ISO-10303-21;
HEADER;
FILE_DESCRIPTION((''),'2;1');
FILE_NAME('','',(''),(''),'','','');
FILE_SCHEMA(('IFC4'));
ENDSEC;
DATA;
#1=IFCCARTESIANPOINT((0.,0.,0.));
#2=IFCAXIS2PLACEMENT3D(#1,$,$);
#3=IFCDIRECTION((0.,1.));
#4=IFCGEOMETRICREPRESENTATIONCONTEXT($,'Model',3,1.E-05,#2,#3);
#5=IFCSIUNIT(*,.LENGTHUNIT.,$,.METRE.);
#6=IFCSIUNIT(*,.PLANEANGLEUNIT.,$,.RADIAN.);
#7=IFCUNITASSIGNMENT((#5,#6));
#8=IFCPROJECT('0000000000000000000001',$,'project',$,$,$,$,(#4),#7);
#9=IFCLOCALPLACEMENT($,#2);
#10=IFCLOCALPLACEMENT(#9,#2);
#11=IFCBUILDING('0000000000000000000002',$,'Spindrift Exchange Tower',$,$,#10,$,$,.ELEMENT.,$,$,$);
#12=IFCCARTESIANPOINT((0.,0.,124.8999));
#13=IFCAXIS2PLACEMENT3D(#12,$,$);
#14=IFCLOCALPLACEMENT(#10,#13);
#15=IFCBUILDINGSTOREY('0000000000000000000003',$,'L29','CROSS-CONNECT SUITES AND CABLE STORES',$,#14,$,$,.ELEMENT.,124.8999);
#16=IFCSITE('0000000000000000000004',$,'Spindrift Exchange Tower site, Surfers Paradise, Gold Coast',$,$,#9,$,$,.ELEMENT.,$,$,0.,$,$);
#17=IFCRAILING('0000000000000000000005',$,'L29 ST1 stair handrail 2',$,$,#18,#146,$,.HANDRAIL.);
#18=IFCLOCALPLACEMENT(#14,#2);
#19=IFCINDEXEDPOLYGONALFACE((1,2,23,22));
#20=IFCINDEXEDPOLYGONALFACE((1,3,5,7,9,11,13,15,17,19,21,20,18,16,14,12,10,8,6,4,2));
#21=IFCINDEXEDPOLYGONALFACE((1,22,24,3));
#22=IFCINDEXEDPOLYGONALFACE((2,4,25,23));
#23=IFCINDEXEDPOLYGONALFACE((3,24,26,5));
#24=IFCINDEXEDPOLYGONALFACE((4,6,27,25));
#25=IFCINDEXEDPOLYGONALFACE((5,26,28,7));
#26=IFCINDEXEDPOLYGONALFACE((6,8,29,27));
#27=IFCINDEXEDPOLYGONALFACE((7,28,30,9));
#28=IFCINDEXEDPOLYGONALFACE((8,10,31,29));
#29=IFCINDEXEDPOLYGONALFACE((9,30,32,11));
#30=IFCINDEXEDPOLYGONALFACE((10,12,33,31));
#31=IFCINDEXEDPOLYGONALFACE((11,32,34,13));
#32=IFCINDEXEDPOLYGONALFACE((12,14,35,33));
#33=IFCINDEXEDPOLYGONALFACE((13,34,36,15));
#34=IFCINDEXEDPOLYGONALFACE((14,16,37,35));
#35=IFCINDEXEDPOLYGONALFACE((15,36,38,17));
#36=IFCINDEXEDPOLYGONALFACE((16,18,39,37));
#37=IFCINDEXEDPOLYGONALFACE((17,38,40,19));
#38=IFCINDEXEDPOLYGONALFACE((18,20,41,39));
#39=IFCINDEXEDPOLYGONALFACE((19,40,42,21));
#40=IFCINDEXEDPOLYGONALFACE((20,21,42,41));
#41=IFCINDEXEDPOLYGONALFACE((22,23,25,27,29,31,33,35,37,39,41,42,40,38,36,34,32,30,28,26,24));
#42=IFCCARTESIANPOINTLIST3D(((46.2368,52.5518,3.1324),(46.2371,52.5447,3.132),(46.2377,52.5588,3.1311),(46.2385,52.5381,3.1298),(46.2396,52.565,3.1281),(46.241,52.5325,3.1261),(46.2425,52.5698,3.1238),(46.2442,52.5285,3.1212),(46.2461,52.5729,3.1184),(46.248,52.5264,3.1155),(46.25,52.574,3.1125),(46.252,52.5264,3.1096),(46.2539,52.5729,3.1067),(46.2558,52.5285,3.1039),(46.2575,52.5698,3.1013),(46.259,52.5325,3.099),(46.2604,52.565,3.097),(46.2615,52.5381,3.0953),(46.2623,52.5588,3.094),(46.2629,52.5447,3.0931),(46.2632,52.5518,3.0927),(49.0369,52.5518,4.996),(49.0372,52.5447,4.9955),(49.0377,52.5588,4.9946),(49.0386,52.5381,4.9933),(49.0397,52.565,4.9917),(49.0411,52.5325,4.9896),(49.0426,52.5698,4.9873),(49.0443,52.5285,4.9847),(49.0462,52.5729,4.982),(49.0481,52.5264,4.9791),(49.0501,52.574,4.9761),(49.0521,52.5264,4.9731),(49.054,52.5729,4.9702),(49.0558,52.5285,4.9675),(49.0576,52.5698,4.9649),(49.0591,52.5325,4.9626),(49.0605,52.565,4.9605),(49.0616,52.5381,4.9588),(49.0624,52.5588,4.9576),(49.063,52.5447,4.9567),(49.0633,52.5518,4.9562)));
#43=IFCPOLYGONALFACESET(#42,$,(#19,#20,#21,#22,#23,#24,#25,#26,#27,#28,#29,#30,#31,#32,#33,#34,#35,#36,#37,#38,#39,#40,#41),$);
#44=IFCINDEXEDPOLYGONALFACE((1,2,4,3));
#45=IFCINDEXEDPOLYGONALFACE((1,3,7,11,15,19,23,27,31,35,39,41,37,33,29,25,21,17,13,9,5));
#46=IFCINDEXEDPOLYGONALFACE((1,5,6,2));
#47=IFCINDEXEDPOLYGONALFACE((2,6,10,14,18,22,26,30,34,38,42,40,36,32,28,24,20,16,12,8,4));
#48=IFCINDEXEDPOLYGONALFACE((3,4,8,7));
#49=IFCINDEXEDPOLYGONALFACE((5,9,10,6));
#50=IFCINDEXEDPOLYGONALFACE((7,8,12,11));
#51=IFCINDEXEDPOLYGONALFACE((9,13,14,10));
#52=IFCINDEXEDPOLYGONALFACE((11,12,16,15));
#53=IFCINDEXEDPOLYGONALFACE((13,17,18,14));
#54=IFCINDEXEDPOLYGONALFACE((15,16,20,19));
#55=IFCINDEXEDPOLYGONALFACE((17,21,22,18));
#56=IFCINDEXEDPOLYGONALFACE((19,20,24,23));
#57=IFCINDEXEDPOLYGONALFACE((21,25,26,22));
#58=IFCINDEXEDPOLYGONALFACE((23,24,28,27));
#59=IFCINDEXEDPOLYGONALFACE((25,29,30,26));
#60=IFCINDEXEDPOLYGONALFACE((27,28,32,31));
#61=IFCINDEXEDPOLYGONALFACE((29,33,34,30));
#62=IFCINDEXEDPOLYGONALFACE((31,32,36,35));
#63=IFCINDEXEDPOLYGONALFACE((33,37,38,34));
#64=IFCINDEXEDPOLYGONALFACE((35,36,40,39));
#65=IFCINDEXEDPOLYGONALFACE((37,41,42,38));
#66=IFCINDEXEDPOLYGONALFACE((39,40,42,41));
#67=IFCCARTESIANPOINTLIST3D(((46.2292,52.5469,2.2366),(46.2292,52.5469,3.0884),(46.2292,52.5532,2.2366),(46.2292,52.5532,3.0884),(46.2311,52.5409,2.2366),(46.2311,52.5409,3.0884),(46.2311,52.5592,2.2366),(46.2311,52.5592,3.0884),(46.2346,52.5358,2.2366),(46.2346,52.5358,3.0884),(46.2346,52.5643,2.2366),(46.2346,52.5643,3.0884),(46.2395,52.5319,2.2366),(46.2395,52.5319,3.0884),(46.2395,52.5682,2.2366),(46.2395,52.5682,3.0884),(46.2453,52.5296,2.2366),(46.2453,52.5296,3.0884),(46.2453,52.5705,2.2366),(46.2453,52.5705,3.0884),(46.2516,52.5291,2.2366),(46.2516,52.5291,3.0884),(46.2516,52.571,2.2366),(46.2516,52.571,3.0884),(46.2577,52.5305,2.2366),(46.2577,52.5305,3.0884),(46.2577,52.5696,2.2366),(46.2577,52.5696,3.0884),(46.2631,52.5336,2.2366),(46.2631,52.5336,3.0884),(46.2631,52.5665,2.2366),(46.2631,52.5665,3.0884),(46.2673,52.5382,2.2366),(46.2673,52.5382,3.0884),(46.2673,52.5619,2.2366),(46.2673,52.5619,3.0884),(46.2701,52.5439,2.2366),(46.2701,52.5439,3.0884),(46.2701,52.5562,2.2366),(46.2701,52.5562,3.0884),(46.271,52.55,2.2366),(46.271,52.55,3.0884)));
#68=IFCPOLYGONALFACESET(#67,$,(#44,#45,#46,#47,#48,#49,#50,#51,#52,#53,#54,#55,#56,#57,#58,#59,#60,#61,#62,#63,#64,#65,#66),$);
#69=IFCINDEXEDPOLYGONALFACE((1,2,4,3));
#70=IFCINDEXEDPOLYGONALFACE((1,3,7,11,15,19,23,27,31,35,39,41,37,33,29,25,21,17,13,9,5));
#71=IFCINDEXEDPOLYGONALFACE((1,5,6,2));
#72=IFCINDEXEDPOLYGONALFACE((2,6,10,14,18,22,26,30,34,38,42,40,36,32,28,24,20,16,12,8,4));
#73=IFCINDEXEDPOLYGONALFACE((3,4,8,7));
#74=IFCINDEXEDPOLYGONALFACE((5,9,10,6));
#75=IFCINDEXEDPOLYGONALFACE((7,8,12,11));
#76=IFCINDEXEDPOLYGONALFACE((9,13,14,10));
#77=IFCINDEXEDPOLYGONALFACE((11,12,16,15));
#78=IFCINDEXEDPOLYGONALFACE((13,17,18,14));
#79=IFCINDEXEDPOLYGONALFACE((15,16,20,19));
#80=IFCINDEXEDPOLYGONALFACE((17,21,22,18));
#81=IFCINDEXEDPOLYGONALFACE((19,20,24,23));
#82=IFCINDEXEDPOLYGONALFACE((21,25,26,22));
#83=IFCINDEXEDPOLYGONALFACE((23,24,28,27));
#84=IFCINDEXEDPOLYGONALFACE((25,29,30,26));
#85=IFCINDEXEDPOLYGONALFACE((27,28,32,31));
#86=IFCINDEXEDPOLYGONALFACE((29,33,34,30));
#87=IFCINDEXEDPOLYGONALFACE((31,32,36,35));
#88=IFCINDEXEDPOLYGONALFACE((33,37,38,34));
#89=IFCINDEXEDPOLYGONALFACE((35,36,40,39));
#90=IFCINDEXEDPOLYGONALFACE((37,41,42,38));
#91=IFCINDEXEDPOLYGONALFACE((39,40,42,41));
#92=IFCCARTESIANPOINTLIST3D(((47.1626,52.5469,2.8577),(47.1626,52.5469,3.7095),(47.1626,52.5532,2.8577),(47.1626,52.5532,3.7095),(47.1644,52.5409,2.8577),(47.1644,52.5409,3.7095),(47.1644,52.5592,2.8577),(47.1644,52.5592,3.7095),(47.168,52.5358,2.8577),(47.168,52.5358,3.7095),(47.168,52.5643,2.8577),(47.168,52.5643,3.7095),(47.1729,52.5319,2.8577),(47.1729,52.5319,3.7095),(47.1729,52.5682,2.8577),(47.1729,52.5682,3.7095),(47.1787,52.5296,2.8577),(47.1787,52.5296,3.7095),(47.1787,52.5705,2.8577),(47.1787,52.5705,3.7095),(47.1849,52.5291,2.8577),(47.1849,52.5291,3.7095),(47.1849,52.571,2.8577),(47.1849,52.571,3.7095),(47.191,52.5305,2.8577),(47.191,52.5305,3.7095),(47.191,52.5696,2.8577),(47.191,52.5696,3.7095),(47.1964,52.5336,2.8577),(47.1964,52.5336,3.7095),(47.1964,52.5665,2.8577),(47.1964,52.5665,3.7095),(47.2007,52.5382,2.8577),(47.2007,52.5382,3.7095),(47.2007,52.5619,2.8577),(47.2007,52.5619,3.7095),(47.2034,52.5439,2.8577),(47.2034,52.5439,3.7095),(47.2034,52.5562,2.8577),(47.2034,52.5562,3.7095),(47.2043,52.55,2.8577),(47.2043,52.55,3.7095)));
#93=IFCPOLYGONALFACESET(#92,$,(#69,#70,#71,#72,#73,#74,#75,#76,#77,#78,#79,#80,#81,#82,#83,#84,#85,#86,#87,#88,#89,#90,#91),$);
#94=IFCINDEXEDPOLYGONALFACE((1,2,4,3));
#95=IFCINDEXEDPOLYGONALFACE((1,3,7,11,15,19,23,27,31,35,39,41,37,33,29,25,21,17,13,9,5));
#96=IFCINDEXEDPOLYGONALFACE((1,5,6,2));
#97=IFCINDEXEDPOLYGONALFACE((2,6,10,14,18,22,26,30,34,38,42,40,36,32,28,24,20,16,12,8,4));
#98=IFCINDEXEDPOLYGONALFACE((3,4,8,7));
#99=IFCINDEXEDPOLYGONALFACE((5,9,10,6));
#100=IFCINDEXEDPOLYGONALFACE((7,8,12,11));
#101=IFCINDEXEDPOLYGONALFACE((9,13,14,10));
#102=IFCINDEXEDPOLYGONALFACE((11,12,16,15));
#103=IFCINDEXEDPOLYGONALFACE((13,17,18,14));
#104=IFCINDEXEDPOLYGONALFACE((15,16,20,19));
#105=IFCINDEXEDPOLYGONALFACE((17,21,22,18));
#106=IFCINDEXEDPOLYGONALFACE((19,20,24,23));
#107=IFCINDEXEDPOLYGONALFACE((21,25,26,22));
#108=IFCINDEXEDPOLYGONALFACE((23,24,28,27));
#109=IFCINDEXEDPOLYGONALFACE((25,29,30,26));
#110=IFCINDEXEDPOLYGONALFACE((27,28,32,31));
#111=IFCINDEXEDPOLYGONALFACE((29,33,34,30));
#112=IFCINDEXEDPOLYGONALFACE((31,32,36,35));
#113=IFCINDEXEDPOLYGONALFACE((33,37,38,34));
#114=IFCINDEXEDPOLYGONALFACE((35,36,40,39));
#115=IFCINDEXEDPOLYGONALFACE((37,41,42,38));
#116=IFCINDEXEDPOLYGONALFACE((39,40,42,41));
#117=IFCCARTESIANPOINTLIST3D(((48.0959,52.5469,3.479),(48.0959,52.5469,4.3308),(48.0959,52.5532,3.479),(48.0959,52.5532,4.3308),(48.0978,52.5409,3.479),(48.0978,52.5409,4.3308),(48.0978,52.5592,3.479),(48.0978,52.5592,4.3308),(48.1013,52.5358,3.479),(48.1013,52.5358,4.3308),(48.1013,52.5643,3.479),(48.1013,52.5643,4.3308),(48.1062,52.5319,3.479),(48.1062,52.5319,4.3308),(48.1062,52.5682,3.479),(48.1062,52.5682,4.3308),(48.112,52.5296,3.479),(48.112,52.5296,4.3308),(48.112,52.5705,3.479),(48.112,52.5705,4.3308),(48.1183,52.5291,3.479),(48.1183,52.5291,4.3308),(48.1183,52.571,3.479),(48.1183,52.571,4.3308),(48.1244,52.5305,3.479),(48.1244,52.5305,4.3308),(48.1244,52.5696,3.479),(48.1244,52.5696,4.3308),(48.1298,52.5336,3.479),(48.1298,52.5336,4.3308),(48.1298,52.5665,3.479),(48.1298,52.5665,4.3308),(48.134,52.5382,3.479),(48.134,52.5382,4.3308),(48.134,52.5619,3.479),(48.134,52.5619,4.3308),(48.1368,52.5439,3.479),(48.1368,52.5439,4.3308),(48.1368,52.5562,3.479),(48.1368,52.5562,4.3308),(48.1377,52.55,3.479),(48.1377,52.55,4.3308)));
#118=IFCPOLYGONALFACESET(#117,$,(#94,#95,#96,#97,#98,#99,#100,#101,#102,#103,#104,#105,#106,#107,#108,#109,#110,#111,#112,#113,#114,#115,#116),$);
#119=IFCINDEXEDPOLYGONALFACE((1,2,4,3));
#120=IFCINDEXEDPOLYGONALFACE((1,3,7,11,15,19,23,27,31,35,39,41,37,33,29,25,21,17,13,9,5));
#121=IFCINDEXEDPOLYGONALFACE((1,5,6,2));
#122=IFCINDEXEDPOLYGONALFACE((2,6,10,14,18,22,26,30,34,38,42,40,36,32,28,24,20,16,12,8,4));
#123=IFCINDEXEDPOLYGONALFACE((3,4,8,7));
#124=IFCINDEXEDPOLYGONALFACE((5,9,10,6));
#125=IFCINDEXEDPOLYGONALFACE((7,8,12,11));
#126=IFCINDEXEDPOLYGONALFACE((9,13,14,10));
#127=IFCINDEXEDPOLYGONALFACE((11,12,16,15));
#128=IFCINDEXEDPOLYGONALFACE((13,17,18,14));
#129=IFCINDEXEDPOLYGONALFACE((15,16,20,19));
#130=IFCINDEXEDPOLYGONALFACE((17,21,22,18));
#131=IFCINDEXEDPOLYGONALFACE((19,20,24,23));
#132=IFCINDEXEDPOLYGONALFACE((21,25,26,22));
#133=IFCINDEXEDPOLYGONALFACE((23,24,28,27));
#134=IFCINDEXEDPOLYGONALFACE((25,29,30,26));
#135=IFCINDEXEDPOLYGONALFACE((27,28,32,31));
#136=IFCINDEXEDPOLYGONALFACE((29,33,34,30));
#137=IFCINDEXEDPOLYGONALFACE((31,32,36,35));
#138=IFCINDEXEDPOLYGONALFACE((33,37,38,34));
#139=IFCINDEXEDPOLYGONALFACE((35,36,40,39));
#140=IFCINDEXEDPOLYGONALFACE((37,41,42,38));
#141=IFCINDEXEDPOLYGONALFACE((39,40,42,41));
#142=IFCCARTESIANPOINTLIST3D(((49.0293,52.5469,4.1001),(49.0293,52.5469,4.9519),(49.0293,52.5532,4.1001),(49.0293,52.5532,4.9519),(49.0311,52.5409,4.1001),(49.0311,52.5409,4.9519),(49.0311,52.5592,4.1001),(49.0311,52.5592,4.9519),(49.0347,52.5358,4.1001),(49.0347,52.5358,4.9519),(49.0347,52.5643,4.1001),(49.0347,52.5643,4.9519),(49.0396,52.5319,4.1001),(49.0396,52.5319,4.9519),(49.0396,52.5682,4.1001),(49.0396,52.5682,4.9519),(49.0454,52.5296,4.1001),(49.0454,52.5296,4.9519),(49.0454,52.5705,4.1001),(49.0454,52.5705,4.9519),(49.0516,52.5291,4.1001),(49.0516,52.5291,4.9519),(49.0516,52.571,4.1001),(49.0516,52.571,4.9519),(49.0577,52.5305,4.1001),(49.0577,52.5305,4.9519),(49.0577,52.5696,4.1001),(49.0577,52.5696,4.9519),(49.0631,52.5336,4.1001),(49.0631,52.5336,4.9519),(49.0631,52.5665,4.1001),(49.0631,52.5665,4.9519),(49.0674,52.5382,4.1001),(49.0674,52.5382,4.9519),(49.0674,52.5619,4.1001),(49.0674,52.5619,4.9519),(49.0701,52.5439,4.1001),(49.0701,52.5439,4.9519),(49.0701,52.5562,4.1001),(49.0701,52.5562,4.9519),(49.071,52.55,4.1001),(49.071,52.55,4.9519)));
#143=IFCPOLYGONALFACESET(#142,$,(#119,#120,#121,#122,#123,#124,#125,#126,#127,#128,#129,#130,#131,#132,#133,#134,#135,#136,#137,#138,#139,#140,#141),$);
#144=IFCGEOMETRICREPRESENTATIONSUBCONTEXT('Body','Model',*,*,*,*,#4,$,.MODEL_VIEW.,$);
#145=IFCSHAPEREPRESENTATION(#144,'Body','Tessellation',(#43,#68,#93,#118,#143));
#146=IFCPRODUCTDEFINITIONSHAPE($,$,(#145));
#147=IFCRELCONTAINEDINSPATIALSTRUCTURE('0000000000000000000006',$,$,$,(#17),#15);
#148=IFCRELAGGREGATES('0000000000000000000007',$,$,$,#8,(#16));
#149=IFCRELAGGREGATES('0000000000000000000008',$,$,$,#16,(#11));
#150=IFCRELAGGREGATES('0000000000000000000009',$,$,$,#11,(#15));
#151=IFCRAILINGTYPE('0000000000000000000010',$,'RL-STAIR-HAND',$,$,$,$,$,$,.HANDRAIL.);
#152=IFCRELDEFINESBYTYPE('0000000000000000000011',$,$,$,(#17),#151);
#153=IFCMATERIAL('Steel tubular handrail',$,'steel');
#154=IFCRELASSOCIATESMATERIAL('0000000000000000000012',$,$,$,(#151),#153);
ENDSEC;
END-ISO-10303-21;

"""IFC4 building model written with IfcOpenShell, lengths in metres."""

from ifc_helpers import new_model, si_unit, direction, frame, origin, origin_2d, place, context, subcontext, project, spatial, circle, extrude, material, type_object, element, save


model = new_model("IFC4")

# Units and contexts
model_context = context("Model", 3, precision=1e-05, world=origin(), true_north=direction((0.0, 1.0)))
body_context = subcontext(model_context, "Body", "Model", "MODEL_VIEW")
ifc_project = project(units=[si_unit("LENGTHUNIT", "METRE"), si_unit("PLANEANGLEUNIT", "RADIAN")], contexts=[model_context])

# Site, building, storey
site_placement = place(None, origin())
site = spatial("IfcSite", under=ifc_project, at=site_placement, Name="Spindrift Exchange Tower site, Surfers Paradise, Gold Coast", CompositionType="ELEMENT", RefElevation=0.0)
building_placement = place(site_placement, origin())
building = spatial("IfcBuilding", under=site, at=building_placement, Name="Spindrift Exchange Tower", CompositionType="ELEMENT")
storey_placement = place(building_placement, frame((0.0, 0.0, 124.8999)))
storey = spatial("IfcBuildingStorey", under=building, at=storey_placement, Name="L29", Description="CROSS-CONNECT SUITES AND CABLE STORES", CompositionType="ELEMENT", Elevation=124.8999)

# Railing
ifc_material_1 = material(Name="Steel tubular handrail", Category="steel")
railing_type_1 = type_object("IfcRailingType", Name="RL-STAIR-HAND", PredefinedType="HANDRAIL", material=ifc_material_1)
railing_1_placement = place(storey_placement, frame((46.25, 52.55, 2.2366)))
element("IfcRailing", 1, at=railing_1_placement, inside=storey, type_object=railing_type_1, Name="L29 ST1 stair handrail 2", PredefinedType="HANDRAIL", context=body_context, shape_type="SweptSolid", body=[
    extrude(circle(Radius=0.0239, at=origin_2d()), frame((0.0, 0.0, 0.876), z_axis=(0.832486, 0.0, 0.554047), x_axis=(0.0, 1.0, 0.0)), (0.0, 0.0, 1.0), 3.3635),
    extrude(circle(Radius=0.021, at=origin_2d()), origin(), (0.0, 0.0, 1.0), 0.8518),
    extrude(circle(Radius=0.021, at=origin_2d()), frame((0.9333, 0.0, 0.6211)), (0.0, 0.0, 1.0), 0.8518),
    extrude(circle(Radius=0.021, at=origin_2d()), frame((1.8667, 0.0, 1.2424)), (0.0, 0.0, 1.0), 0.8518),
    extrude(circle(Radius=0.021, at=origin_2d()), frame((2.8, 0.0, 1.8635)), (0.0, 0.0, 1.0), 0.8518),
])

save(model, "model.ifc")
